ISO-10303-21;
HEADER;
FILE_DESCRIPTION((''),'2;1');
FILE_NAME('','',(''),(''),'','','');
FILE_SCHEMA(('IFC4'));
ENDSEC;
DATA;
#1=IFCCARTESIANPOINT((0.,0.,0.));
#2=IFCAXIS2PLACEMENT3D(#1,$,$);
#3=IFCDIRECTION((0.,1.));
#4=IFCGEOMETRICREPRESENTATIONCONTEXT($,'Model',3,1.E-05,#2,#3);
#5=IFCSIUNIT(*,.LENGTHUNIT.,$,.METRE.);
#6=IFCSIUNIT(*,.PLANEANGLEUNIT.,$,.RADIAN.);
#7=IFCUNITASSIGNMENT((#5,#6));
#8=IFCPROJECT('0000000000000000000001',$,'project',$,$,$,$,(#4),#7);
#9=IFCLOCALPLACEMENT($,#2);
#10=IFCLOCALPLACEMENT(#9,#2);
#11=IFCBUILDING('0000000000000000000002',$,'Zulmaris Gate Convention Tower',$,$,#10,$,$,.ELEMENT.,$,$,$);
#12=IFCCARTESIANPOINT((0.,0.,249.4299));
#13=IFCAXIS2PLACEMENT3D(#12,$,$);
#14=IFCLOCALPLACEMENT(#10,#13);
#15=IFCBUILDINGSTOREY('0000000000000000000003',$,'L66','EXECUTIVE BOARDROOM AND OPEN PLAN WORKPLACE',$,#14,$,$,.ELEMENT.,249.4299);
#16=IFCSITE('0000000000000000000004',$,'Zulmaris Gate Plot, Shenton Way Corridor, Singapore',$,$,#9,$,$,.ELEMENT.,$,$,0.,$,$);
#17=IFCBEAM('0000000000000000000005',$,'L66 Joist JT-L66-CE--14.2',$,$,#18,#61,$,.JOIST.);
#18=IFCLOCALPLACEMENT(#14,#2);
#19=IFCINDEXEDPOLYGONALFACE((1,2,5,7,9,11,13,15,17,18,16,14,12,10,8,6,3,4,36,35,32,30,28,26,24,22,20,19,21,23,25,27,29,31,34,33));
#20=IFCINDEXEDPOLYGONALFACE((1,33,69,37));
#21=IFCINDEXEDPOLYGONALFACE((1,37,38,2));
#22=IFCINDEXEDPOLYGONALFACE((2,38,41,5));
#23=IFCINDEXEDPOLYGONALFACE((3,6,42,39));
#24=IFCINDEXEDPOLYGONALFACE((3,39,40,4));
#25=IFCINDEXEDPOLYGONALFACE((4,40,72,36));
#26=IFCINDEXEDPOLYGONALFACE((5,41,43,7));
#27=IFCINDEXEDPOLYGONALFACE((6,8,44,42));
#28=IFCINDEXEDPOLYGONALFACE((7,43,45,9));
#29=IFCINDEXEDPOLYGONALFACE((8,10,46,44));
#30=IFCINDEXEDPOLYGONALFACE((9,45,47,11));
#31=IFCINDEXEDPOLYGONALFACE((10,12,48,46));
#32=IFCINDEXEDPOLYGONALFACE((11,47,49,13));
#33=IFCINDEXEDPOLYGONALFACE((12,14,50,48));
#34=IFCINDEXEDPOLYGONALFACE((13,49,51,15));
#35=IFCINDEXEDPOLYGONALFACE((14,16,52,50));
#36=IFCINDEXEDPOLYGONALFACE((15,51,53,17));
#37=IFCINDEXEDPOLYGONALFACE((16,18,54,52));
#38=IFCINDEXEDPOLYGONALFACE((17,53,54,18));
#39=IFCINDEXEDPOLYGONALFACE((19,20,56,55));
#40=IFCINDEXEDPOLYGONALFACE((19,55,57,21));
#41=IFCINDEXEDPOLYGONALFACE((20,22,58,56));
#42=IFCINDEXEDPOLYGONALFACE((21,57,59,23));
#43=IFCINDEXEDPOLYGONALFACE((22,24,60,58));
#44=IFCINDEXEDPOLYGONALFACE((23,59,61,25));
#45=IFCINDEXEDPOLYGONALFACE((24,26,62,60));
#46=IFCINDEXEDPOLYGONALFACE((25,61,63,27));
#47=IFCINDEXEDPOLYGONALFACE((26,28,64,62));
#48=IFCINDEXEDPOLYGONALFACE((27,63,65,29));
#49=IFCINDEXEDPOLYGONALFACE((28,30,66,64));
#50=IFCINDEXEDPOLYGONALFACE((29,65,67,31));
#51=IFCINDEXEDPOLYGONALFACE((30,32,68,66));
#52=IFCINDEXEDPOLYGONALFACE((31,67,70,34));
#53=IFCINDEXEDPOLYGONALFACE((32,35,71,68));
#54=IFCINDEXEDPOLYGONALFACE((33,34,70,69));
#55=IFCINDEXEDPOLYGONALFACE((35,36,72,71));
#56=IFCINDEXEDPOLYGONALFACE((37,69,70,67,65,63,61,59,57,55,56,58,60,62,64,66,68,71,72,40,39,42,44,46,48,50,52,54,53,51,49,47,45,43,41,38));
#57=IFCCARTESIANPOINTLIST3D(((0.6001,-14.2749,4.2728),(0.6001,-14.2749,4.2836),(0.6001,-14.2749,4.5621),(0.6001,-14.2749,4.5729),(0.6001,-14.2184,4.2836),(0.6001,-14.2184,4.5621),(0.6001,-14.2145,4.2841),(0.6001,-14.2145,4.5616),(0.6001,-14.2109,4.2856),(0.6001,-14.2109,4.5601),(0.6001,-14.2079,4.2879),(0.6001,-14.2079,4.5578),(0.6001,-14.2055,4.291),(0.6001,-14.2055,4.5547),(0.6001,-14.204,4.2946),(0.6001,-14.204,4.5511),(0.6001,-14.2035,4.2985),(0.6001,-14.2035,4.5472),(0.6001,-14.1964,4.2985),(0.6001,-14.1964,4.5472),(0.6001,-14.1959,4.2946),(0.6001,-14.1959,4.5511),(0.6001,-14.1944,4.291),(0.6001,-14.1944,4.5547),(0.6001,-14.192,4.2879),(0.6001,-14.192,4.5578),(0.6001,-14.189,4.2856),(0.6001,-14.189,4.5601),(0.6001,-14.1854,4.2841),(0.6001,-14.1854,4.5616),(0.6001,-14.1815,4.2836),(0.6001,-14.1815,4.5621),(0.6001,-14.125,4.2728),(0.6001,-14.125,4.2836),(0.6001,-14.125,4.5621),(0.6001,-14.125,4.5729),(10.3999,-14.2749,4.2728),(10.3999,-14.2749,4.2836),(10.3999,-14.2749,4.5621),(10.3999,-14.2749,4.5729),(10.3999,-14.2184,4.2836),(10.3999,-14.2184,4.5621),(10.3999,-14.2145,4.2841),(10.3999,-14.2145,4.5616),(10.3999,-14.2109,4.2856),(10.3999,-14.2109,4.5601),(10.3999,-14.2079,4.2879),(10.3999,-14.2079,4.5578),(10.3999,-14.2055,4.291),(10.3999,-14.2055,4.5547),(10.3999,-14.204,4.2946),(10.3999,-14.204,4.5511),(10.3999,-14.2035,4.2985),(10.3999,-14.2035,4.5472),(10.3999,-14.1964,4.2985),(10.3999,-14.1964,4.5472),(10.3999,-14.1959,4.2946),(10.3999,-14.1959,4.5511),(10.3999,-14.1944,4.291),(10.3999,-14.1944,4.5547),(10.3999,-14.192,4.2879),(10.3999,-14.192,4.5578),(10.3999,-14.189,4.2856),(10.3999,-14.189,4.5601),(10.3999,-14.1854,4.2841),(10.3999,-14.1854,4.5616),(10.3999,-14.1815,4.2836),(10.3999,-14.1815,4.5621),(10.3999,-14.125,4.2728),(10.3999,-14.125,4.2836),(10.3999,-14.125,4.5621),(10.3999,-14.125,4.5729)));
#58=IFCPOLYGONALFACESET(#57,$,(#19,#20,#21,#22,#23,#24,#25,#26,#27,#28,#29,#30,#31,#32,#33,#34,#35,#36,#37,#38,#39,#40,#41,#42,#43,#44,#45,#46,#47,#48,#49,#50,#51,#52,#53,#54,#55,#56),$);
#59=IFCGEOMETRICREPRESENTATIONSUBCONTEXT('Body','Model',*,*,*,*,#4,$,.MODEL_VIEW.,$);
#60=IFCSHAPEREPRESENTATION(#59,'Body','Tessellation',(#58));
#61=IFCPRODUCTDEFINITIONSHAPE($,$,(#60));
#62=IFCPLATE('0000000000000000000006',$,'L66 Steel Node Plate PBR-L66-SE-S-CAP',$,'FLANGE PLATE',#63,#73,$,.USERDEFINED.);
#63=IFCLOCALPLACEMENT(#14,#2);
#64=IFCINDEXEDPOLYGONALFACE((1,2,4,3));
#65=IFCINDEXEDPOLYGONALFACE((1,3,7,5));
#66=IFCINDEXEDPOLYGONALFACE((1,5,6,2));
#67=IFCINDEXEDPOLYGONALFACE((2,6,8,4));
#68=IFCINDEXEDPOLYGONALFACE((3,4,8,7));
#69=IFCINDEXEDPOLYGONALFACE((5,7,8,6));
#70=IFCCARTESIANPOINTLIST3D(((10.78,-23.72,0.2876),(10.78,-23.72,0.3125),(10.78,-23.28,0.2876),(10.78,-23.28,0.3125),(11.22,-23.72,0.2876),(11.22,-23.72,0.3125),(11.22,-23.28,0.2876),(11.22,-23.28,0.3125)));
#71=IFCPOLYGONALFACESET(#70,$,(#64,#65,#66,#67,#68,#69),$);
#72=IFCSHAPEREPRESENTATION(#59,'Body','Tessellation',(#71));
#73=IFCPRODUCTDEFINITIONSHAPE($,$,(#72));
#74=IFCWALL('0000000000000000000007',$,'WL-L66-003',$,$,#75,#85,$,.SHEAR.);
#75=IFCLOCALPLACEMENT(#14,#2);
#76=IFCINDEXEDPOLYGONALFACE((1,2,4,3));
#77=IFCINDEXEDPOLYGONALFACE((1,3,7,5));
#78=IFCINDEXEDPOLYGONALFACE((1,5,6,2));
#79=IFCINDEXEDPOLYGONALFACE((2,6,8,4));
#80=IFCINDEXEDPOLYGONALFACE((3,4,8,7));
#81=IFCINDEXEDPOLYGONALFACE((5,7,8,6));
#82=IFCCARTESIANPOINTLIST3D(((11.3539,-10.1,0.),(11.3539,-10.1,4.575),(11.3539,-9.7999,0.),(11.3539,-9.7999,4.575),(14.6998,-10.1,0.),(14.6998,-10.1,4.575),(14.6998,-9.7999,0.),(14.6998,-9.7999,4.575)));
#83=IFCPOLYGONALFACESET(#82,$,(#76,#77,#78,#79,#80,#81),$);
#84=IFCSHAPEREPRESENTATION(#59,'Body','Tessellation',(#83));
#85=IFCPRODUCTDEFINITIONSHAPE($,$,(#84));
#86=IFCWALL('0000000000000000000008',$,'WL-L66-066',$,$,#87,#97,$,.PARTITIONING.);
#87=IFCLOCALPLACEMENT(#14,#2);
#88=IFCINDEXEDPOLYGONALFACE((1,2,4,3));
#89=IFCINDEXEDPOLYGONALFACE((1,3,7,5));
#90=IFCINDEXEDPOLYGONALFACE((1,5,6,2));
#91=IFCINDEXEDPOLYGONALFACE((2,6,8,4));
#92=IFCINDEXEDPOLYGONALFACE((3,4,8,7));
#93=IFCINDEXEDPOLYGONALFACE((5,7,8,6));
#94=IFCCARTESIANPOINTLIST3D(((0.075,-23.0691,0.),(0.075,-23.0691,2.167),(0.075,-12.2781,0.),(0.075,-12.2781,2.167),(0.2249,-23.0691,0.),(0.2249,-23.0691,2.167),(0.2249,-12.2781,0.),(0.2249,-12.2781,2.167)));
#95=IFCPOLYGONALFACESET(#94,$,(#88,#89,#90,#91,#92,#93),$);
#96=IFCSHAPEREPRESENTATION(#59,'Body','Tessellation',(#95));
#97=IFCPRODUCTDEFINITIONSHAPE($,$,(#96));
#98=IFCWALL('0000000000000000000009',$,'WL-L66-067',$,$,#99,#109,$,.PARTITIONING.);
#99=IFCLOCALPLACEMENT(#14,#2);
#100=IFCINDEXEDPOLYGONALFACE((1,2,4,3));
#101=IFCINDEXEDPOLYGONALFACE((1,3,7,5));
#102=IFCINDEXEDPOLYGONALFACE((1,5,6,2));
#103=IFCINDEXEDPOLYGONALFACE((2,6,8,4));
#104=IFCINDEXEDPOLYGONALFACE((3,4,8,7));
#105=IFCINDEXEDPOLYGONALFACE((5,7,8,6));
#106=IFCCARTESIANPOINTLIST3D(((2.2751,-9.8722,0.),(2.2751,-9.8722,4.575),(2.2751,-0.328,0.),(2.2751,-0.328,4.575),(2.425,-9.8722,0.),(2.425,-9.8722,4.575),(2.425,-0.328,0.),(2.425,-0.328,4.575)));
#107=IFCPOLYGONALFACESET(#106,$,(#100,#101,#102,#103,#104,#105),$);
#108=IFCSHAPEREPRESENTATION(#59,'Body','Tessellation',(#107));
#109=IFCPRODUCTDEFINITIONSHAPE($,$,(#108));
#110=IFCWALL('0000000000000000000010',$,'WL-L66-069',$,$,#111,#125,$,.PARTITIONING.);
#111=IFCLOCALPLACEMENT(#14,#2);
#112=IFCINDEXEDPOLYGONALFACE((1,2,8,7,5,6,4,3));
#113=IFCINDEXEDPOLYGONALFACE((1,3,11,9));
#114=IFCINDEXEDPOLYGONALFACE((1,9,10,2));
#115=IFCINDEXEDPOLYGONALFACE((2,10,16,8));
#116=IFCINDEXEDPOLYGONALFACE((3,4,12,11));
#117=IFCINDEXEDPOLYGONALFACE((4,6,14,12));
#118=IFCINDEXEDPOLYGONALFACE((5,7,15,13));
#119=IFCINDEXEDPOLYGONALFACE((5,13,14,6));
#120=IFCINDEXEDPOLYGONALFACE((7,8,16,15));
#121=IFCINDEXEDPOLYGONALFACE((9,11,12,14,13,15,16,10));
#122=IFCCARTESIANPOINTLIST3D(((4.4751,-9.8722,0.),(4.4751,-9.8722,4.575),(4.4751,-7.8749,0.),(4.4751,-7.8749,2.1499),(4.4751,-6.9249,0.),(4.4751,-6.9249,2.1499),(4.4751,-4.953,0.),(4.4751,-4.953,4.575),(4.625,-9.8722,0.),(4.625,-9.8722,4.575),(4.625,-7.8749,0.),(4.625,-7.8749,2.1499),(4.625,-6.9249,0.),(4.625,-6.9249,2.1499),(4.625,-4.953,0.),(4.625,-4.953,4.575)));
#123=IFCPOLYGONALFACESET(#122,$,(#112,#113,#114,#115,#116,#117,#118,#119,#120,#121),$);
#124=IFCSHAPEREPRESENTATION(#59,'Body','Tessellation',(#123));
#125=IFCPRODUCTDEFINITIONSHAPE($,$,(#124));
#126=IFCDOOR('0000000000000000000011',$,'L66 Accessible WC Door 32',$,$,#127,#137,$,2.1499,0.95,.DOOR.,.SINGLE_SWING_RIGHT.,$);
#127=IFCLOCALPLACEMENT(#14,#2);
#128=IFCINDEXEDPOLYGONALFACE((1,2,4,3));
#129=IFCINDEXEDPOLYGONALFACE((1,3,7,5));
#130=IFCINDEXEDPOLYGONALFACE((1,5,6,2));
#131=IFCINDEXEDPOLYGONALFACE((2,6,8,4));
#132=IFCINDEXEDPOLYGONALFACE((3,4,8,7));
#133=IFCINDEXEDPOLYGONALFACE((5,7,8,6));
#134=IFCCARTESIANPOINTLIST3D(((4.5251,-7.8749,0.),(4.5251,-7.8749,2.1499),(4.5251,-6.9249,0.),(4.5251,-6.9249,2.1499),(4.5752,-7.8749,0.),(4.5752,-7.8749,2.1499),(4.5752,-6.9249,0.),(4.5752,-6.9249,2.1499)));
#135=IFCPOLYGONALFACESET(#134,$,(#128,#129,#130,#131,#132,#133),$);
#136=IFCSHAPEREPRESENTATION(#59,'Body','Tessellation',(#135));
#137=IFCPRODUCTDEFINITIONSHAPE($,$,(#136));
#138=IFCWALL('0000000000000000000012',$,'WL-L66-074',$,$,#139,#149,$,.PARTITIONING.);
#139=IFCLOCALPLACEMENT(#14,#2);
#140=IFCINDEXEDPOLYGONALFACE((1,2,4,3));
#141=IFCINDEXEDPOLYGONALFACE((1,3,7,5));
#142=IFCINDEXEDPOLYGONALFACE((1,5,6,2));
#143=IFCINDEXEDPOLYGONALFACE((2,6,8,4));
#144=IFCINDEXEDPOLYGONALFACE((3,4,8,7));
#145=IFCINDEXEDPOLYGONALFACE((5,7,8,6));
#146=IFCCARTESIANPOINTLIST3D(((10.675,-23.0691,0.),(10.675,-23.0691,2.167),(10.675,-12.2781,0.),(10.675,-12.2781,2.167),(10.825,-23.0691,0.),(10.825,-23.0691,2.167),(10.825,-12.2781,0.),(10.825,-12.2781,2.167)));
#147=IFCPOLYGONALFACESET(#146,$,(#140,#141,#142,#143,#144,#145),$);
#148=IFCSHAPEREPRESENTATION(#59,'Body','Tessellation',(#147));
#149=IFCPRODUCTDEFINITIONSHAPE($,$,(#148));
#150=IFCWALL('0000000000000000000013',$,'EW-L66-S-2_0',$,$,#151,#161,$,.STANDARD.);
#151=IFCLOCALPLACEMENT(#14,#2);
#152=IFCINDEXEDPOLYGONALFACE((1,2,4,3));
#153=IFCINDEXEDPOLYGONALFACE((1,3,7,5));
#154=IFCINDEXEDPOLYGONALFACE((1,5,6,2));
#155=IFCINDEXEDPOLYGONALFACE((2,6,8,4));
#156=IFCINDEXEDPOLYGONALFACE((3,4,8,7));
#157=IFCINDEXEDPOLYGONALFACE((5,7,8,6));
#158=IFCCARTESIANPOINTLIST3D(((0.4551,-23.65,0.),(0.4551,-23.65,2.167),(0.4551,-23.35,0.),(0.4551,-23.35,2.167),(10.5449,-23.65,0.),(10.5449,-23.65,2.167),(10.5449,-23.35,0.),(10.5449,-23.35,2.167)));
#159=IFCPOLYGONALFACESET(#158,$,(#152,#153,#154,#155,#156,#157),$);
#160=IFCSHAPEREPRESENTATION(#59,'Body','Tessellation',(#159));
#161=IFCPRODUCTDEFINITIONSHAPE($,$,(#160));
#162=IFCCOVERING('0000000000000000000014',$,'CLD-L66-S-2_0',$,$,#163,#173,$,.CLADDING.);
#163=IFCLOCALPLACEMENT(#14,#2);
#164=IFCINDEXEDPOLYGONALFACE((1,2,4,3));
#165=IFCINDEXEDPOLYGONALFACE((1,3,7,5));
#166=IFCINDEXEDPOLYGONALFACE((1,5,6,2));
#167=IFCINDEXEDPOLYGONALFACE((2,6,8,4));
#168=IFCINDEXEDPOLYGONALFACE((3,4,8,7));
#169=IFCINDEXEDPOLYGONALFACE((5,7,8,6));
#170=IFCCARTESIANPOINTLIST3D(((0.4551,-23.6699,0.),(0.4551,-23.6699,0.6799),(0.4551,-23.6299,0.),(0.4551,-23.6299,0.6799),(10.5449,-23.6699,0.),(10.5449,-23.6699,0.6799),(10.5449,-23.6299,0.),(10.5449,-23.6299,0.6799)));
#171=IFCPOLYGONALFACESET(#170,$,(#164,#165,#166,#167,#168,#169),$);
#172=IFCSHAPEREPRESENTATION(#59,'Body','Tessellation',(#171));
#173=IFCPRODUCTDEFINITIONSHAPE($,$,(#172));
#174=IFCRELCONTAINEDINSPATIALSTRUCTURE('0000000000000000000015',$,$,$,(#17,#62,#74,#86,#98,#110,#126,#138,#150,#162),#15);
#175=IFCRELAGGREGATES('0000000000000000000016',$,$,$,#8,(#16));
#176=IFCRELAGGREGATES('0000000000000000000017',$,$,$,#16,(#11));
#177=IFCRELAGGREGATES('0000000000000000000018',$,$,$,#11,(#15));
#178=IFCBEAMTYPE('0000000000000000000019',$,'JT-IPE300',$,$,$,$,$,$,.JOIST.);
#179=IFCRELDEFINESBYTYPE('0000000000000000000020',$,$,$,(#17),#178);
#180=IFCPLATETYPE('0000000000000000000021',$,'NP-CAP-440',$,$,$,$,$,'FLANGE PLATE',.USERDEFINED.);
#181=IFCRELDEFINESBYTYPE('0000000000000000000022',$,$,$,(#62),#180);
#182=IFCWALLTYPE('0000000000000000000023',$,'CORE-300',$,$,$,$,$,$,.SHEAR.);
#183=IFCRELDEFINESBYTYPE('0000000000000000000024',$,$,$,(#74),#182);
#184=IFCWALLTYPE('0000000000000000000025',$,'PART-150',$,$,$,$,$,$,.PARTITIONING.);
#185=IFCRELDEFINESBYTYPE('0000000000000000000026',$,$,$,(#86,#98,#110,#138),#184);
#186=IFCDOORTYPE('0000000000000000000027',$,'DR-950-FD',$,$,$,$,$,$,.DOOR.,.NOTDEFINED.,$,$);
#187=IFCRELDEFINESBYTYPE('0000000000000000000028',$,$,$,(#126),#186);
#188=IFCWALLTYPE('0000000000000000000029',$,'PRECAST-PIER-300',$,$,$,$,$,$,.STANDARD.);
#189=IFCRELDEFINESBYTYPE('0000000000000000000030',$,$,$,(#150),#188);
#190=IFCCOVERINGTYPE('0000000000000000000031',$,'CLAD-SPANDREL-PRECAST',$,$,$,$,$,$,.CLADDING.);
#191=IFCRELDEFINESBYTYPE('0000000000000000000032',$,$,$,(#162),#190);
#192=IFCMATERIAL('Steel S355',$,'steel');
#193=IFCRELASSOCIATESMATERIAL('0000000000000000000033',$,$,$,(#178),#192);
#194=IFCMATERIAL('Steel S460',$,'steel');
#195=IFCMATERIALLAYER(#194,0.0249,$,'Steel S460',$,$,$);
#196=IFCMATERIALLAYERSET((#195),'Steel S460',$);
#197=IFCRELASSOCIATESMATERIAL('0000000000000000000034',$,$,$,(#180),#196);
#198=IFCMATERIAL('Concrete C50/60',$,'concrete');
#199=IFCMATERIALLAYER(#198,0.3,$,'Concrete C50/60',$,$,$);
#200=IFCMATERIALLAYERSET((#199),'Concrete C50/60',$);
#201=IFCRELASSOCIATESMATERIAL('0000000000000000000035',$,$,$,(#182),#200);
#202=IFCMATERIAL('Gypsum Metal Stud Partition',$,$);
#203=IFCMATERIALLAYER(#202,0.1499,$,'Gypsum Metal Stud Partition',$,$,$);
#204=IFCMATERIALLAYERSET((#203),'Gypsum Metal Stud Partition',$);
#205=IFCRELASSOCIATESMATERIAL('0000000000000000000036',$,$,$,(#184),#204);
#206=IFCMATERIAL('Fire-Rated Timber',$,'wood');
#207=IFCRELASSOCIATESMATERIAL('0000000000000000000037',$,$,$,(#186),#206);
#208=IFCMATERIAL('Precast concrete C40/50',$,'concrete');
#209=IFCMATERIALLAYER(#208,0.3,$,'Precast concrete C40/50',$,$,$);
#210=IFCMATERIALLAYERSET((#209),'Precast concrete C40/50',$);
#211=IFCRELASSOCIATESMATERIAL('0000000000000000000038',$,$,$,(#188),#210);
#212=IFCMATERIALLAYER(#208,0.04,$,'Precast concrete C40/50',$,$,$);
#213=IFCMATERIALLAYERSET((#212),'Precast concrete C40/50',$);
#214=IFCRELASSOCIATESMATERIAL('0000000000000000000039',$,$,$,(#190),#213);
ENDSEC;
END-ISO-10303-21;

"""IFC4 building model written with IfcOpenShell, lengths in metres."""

from ifc_helpers import new_model, si_unit, direction, frame, frame_2d, origin, origin_2d, place, context, subcontext, project, spatial, rectangle, i_section, extrude, material, layer, layer_set, material_profile, profile_set, type_object, element, fill, save


model = new_model("IFC4")

# Units and contexts
model_context = context("Model", 3, precision=1e-05, world=origin(), true_north=direction((0.0, 1.0)))
body_context = subcontext(model_context, "Body", "Model", "MODEL_VIEW")
ifc_project = project(units=[si_unit("LENGTHUNIT", "METRE"), si_unit("PLANEANGLEUNIT", "RADIAN")], contexts=[model_context])

# Site, building, storey
site_placement = place(None, origin())
site = spatial("IfcSite", under=ifc_project, at=site_placement, Name="Zulmaris Gate Plot, Shenton Way Corridor, Singapore", CompositionType="ELEMENT", RefElevation=0.0)
building_placement = place(site_placement, origin())
building = spatial("IfcBuilding", under=site, at=building_placement, Name="Zulmaris Gate Convention Tower", CompositionType="ELEMENT")
storey_placement = place(building_placement, frame((0.0, 0.0, 249.4299)))
storey = spatial("IfcBuildingStorey", under=building, at=storey_placement, Name="L66", Description="EXECUTIVE BOARDROOM AND OPEN PLAN WORKPLACE", CompositionType="ELEMENT", Elevation=249.4299)

# Shared definitions
ifc_material_1 = material(Name="Concrete C50/60", Category="concrete")

# Shared definitions
ifc_material_2 = material(Name="Steel S355", Category="steel")

# Beam
ifc_material_profile_1 = material_profile(ifc_material_2, i_section(OverallWidth=0.1499, OverallDepth=0.3, WebThickness=0.0071, FlangeThickness=0.0107, FilletRadius=0.0149, at=origin_2d()), Name="IPE 300")
ifc_profile_set_1 = profile_set([ifc_material_profile_1], Name="Steel S355")
beam_type_1 = type_object("IfcBeamType", Name="JT-IPE300", PredefinedType="JOIST", material=ifc_profile_set_1)
for number, where, z_axis, x_axis, name in (
    (1, (0.6001, -14.2, 4.4229), (1.0, 0.0, 0.0), (0.0, 1.0, 0.0), "L66 Joist JT-L66-CE--14.2"),
):
    element("IfcBeam", number, at=place(storey_placement, frame(where, z_axis=z_axis, x_axis=x_axis)), inside=storey, type_object=beam_type_1, Name=name, PredefinedType="JOIST", context=body_context, shape_type="SweptSolid", body=[
        extrude(i_section(OverallWidth=0.1499, OverallDepth=0.3, WebThickness=0.0071, FlangeThickness=0.0107, FilletRadius=0.0149, at=origin_2d()), origin(), (0.0, 0.0, 1.0), 9.7998),
    ])

# Plate
ifc_material_3 = material(Name="Steel S460", Category="steel")
ifc_layer_1 = layer(ifc_material_3, 0.0249, Name="Steel S460")
ifc_layer_set_1 = layer_set([ifc_layer_1], Name="Steel S460")
plate_type = type_object("IfcPlateType", Name="NP-CAP-440", ElementType="FLANGE PLATE", PredefinedType="USERDEFINED", material=ifc_layer_set_1)
plate_placement = place(storey_placement, frame((11.0, -23.5, 0.2876), z_axis=(0.0, 0.0, 1.0), x_axis=(1.0, 0.0, 0.0)))
element("IfcPlate", 2, at=plate_placement, inside=storey, type_object=plate_type, Name="L66 Steel Node Plate PBR-L66-SE-S-CAP", ObjectType="FLANGE PLATE", PredefinedType="USERDEFINED", context=body_context, shape_type="SweptSolid", body=[
    extrude(rectangle(XDim=0.4399, YDim=0.4399, at=origin_2d()), origin(), (0.0, 0.0, 1.0), 0.0249),
])

# Walls
ifc_layer_2 = layer(ifc_material_1, 0.3, Name="Concrete C50/60")
ifc_layer_set_2 = layer_set([ifc_layer_2], Name="Concrete C50/60")
wall_type_1 = type_object("IfcWallType", Name="CORE-300", PredefinedType="SHEAR", material=ifc_layer_set_2)
wall_1_placement = place(storey_placement, frame((11.354, -9.95, 0.0), z_axis=(0.0, 0.0, 1.0), x_axis=(1.0, 0.0, 0.0)))
element("IfcWall", 3, at=wall_1_placement, inside=storey, type_object=wall_type_1, Name="WL-L66-003", PredefinedType="SHEAR", context=body_context, shape_type="SweptSolid", body=[
    extrude(rectangle(XDim=3.3459, YDim=0.3, at=frame_2d((1.6729, 0.0))), origin(), (0.0, 0.0, 1.0), 4.575),
])
ifc_material_4 = material(Name="Gypsum Metal Stud Partition")
ifc_layer_3 = layer(ifc_material_4, 0.1499, Name="Gypsum Metal Stud Partition")
ifc_layer_set_3 = layer_set([ifc_layer_3], Name="Gypsum Metal Stud Partition")
wall_type_2 = type_object("IfcWallType", Name="PART-150", PredefinedType="PARTITIONING", material=ifc_layer_set_3)
wall_2_placement = place(storey_placement, frame((0.1499, -23.0691, 0.0), z_axis=(0.0, 0.0, 1.0), x_axis=(0.0, 1.0, 0.0)))
element("IfcWall", 4, at=wall_2_placement, inside=storey, type_object=wall_type_2, Name="WL-L66-066", PredefinedType="PARTITIONING", context=body_context, shape_type="SweptSolid", body=[
    extrude(rectangle(XDim=10.791, YDim=0.1499, at=frame_2d((5.3955, 0.0))), origin(), (0.0, 0.0, 1.0), 2.167),
])
wall_3_placement = place(storey_placement, frame((2.3501, -9.8721, 0.0), z_axis=(0.0, 0.0, 1.0), x_axis=(0.0, 1.0, 0.0)))
element("IfcWall", 5, at=wall_3_placement, inside=storey, type_object=wall_type_2, Name="WL-L66-067", PredefinedType="PARTITIONING", context=body_context, shape_type="SweptSolid", body=[
    extrude(rectangle(XDim=9.5442, YDim=0.1499, at=frame_2d((4.772, 0.0))), origin(), (0.0, 0.0, 1.0), 4.575),
])

# Wall, opening, door
wall_4_placement = place(storey_placement, frame((4.55, -9.8721, 0.0), z_axis=(0.0, 0.0, 1.0), x_axis=(0.0, 1.0, 0.0)))
wall_4 = element("IfcWall", 6, at=wall_4_placement, inside=storey, type_object=wall_type_2, Name="WL-L66-069", PredefinedType="PARTITIONING", context=body_context, shape_type="SweptSolid", body=[
    extrude(rectangle(XDim=4.9192, YDim=0.1499, at=frame_2d((2.4595, 0.0))), origin(), (0.0, 0.0, 1.0), 4.575),
])
opening_placement = place(wall_4_placement, frame((1.9971, 0.0, 0.0)))
opening = element("IfcOpeningElement", 7, at=opening_placement, cuts=wall_4, PredefinedType="OPENING", context=body_context, shape_type="SweptSolid", body=[
    extrude(rectangle(XDim=0.95, YDim=2.1499, at=frame_2d((0.4751, 1.075))), frame((0.0, 0.085, 0.0), z_axis=(0.0, -1.0, 0.0), x_axis=(1.0, 0.0, 0.0)), (0.0, 0.0, 1.0), 0.1699),
])
ifc_material_5 = material(Name="Fire-Rated Timber", Category="wood")
door_type = type_object("IfcDoorType", Name="DR-950-FD", OperationType="NOTDEFINED", PredefinedType="DOOR", material=ifc_material_5)
door_placement = place(opening_placement, origin())
door = element("IfcDoor", 8, at=door_placement, inside=storey, type_object=door_type, Name="L66 Accessible WC Door 32", OperationType="SINGLE_SWING_RIGHT", OverallHeight=2.1499, OverallWidth=0.95, PredefinedType="DOOR", context=body_context, shape_type="SweptSolid", body=[
    extrude(rectangle(XDim=0.95, YDim=2.1499, at=frame_2d((0.4751, 1.075))), frame((0.0, 0.0249, 0.0), z_axis=(0.0, -1.0, 0.0), x_axis=(1.0, 0.0, 0.0)), (0.0, 0.0, 1.0), 0.05),
])
fill(opening, door)

# Walls
wall_5_placement = place(storey_placement, frame((10.75, -23.0691, 0.0), z_axis=(0.0, 0.0, 1.0), x_axis=(0.0, 1.0, 0.0)))
element("IfcWall", 9, at=wall_5_placement, inside=storey, type_object=wall_type_2, Name="WL-L66-074", PredefinedType="PARTITIONING", context=body_context, shape_type="SweptSolid", body=[
    extrude(rectangle(XDim=10.791, YDim=0.1499, at=frame_2d((5.3955, 0.0))), origin(), (0.0, 0.0, 1.0), 2.167),
])
ifc_material_6 = material(Name="Precast concrete C40/50", Category="concrete")
ifc_layer_4 = layer(ifc_material_6, 0.3, Name="Precast concrete C40/50")
ifc_layer_set_4 = layer_set([ifc_layer_4], Name="Precast concrete C40/50")
wall_type_3 = type_object("IfcWallType", Name="PRECAST-PIER-300", PredefinedType="STANDARD", material=ifc_layer_set_4)
wall_6_placement = place(storey_placement, frame((0.4551, -23.5, 0.0), z_axis=(0.0, 0.0, 1.0), x_axis=(1.0, 0.0, 0.0)))
element("IfcWall", 10, at=wall_6_placement, inside=storey, type_object=wall_type_3, Name="EW-L66-S-2_0", PredefinedType="STANDARD", context=body_context, shape_type="SweptSolid", body=[
    extrude(rectangle(XDim=10.0898, YDim=0.3, at=frame_2d((5.0449, 0.0))), origin(), (0.0, 0.0, 1.0), 2.167),
])

# Covering
ifc_layer_5 = layer(ifc_material_6, 0.04, Name="Precast concrete C40/50")
ifc_layer_set_5 = layer_set([ifc_layer_5], Name="Precast concrete C40/50")
covering_type = type_object("IfcCoveringType", Name="CLAD-SPANDREL-PRECAST", PredefinedType="CLADDING", material=ifc_layer_set_5)
covering_1_placement = place(storey_placement, frame((0.4551, -23.6499, 0.0), z_axis=(0.0, 0.0, 1.0), x_axis=(1.0, 0.0, 0.0)))
element("IfcCovering", 11, at=covering_1_placement, inside=storey, type_object=covering_type, Name="CLD-L66-S-2_0", PredefinedType="CLADDING", context=body_context, shape_type="SweptSolid", body=[
    extrude(rectangle(XDim=10.0898, YDim=0.04, at=frame_2d((5.0449, 0.0))), origin(), (0.0, 0.0, 1.0), 0.6799),
])

save(model, "model.ifc")
